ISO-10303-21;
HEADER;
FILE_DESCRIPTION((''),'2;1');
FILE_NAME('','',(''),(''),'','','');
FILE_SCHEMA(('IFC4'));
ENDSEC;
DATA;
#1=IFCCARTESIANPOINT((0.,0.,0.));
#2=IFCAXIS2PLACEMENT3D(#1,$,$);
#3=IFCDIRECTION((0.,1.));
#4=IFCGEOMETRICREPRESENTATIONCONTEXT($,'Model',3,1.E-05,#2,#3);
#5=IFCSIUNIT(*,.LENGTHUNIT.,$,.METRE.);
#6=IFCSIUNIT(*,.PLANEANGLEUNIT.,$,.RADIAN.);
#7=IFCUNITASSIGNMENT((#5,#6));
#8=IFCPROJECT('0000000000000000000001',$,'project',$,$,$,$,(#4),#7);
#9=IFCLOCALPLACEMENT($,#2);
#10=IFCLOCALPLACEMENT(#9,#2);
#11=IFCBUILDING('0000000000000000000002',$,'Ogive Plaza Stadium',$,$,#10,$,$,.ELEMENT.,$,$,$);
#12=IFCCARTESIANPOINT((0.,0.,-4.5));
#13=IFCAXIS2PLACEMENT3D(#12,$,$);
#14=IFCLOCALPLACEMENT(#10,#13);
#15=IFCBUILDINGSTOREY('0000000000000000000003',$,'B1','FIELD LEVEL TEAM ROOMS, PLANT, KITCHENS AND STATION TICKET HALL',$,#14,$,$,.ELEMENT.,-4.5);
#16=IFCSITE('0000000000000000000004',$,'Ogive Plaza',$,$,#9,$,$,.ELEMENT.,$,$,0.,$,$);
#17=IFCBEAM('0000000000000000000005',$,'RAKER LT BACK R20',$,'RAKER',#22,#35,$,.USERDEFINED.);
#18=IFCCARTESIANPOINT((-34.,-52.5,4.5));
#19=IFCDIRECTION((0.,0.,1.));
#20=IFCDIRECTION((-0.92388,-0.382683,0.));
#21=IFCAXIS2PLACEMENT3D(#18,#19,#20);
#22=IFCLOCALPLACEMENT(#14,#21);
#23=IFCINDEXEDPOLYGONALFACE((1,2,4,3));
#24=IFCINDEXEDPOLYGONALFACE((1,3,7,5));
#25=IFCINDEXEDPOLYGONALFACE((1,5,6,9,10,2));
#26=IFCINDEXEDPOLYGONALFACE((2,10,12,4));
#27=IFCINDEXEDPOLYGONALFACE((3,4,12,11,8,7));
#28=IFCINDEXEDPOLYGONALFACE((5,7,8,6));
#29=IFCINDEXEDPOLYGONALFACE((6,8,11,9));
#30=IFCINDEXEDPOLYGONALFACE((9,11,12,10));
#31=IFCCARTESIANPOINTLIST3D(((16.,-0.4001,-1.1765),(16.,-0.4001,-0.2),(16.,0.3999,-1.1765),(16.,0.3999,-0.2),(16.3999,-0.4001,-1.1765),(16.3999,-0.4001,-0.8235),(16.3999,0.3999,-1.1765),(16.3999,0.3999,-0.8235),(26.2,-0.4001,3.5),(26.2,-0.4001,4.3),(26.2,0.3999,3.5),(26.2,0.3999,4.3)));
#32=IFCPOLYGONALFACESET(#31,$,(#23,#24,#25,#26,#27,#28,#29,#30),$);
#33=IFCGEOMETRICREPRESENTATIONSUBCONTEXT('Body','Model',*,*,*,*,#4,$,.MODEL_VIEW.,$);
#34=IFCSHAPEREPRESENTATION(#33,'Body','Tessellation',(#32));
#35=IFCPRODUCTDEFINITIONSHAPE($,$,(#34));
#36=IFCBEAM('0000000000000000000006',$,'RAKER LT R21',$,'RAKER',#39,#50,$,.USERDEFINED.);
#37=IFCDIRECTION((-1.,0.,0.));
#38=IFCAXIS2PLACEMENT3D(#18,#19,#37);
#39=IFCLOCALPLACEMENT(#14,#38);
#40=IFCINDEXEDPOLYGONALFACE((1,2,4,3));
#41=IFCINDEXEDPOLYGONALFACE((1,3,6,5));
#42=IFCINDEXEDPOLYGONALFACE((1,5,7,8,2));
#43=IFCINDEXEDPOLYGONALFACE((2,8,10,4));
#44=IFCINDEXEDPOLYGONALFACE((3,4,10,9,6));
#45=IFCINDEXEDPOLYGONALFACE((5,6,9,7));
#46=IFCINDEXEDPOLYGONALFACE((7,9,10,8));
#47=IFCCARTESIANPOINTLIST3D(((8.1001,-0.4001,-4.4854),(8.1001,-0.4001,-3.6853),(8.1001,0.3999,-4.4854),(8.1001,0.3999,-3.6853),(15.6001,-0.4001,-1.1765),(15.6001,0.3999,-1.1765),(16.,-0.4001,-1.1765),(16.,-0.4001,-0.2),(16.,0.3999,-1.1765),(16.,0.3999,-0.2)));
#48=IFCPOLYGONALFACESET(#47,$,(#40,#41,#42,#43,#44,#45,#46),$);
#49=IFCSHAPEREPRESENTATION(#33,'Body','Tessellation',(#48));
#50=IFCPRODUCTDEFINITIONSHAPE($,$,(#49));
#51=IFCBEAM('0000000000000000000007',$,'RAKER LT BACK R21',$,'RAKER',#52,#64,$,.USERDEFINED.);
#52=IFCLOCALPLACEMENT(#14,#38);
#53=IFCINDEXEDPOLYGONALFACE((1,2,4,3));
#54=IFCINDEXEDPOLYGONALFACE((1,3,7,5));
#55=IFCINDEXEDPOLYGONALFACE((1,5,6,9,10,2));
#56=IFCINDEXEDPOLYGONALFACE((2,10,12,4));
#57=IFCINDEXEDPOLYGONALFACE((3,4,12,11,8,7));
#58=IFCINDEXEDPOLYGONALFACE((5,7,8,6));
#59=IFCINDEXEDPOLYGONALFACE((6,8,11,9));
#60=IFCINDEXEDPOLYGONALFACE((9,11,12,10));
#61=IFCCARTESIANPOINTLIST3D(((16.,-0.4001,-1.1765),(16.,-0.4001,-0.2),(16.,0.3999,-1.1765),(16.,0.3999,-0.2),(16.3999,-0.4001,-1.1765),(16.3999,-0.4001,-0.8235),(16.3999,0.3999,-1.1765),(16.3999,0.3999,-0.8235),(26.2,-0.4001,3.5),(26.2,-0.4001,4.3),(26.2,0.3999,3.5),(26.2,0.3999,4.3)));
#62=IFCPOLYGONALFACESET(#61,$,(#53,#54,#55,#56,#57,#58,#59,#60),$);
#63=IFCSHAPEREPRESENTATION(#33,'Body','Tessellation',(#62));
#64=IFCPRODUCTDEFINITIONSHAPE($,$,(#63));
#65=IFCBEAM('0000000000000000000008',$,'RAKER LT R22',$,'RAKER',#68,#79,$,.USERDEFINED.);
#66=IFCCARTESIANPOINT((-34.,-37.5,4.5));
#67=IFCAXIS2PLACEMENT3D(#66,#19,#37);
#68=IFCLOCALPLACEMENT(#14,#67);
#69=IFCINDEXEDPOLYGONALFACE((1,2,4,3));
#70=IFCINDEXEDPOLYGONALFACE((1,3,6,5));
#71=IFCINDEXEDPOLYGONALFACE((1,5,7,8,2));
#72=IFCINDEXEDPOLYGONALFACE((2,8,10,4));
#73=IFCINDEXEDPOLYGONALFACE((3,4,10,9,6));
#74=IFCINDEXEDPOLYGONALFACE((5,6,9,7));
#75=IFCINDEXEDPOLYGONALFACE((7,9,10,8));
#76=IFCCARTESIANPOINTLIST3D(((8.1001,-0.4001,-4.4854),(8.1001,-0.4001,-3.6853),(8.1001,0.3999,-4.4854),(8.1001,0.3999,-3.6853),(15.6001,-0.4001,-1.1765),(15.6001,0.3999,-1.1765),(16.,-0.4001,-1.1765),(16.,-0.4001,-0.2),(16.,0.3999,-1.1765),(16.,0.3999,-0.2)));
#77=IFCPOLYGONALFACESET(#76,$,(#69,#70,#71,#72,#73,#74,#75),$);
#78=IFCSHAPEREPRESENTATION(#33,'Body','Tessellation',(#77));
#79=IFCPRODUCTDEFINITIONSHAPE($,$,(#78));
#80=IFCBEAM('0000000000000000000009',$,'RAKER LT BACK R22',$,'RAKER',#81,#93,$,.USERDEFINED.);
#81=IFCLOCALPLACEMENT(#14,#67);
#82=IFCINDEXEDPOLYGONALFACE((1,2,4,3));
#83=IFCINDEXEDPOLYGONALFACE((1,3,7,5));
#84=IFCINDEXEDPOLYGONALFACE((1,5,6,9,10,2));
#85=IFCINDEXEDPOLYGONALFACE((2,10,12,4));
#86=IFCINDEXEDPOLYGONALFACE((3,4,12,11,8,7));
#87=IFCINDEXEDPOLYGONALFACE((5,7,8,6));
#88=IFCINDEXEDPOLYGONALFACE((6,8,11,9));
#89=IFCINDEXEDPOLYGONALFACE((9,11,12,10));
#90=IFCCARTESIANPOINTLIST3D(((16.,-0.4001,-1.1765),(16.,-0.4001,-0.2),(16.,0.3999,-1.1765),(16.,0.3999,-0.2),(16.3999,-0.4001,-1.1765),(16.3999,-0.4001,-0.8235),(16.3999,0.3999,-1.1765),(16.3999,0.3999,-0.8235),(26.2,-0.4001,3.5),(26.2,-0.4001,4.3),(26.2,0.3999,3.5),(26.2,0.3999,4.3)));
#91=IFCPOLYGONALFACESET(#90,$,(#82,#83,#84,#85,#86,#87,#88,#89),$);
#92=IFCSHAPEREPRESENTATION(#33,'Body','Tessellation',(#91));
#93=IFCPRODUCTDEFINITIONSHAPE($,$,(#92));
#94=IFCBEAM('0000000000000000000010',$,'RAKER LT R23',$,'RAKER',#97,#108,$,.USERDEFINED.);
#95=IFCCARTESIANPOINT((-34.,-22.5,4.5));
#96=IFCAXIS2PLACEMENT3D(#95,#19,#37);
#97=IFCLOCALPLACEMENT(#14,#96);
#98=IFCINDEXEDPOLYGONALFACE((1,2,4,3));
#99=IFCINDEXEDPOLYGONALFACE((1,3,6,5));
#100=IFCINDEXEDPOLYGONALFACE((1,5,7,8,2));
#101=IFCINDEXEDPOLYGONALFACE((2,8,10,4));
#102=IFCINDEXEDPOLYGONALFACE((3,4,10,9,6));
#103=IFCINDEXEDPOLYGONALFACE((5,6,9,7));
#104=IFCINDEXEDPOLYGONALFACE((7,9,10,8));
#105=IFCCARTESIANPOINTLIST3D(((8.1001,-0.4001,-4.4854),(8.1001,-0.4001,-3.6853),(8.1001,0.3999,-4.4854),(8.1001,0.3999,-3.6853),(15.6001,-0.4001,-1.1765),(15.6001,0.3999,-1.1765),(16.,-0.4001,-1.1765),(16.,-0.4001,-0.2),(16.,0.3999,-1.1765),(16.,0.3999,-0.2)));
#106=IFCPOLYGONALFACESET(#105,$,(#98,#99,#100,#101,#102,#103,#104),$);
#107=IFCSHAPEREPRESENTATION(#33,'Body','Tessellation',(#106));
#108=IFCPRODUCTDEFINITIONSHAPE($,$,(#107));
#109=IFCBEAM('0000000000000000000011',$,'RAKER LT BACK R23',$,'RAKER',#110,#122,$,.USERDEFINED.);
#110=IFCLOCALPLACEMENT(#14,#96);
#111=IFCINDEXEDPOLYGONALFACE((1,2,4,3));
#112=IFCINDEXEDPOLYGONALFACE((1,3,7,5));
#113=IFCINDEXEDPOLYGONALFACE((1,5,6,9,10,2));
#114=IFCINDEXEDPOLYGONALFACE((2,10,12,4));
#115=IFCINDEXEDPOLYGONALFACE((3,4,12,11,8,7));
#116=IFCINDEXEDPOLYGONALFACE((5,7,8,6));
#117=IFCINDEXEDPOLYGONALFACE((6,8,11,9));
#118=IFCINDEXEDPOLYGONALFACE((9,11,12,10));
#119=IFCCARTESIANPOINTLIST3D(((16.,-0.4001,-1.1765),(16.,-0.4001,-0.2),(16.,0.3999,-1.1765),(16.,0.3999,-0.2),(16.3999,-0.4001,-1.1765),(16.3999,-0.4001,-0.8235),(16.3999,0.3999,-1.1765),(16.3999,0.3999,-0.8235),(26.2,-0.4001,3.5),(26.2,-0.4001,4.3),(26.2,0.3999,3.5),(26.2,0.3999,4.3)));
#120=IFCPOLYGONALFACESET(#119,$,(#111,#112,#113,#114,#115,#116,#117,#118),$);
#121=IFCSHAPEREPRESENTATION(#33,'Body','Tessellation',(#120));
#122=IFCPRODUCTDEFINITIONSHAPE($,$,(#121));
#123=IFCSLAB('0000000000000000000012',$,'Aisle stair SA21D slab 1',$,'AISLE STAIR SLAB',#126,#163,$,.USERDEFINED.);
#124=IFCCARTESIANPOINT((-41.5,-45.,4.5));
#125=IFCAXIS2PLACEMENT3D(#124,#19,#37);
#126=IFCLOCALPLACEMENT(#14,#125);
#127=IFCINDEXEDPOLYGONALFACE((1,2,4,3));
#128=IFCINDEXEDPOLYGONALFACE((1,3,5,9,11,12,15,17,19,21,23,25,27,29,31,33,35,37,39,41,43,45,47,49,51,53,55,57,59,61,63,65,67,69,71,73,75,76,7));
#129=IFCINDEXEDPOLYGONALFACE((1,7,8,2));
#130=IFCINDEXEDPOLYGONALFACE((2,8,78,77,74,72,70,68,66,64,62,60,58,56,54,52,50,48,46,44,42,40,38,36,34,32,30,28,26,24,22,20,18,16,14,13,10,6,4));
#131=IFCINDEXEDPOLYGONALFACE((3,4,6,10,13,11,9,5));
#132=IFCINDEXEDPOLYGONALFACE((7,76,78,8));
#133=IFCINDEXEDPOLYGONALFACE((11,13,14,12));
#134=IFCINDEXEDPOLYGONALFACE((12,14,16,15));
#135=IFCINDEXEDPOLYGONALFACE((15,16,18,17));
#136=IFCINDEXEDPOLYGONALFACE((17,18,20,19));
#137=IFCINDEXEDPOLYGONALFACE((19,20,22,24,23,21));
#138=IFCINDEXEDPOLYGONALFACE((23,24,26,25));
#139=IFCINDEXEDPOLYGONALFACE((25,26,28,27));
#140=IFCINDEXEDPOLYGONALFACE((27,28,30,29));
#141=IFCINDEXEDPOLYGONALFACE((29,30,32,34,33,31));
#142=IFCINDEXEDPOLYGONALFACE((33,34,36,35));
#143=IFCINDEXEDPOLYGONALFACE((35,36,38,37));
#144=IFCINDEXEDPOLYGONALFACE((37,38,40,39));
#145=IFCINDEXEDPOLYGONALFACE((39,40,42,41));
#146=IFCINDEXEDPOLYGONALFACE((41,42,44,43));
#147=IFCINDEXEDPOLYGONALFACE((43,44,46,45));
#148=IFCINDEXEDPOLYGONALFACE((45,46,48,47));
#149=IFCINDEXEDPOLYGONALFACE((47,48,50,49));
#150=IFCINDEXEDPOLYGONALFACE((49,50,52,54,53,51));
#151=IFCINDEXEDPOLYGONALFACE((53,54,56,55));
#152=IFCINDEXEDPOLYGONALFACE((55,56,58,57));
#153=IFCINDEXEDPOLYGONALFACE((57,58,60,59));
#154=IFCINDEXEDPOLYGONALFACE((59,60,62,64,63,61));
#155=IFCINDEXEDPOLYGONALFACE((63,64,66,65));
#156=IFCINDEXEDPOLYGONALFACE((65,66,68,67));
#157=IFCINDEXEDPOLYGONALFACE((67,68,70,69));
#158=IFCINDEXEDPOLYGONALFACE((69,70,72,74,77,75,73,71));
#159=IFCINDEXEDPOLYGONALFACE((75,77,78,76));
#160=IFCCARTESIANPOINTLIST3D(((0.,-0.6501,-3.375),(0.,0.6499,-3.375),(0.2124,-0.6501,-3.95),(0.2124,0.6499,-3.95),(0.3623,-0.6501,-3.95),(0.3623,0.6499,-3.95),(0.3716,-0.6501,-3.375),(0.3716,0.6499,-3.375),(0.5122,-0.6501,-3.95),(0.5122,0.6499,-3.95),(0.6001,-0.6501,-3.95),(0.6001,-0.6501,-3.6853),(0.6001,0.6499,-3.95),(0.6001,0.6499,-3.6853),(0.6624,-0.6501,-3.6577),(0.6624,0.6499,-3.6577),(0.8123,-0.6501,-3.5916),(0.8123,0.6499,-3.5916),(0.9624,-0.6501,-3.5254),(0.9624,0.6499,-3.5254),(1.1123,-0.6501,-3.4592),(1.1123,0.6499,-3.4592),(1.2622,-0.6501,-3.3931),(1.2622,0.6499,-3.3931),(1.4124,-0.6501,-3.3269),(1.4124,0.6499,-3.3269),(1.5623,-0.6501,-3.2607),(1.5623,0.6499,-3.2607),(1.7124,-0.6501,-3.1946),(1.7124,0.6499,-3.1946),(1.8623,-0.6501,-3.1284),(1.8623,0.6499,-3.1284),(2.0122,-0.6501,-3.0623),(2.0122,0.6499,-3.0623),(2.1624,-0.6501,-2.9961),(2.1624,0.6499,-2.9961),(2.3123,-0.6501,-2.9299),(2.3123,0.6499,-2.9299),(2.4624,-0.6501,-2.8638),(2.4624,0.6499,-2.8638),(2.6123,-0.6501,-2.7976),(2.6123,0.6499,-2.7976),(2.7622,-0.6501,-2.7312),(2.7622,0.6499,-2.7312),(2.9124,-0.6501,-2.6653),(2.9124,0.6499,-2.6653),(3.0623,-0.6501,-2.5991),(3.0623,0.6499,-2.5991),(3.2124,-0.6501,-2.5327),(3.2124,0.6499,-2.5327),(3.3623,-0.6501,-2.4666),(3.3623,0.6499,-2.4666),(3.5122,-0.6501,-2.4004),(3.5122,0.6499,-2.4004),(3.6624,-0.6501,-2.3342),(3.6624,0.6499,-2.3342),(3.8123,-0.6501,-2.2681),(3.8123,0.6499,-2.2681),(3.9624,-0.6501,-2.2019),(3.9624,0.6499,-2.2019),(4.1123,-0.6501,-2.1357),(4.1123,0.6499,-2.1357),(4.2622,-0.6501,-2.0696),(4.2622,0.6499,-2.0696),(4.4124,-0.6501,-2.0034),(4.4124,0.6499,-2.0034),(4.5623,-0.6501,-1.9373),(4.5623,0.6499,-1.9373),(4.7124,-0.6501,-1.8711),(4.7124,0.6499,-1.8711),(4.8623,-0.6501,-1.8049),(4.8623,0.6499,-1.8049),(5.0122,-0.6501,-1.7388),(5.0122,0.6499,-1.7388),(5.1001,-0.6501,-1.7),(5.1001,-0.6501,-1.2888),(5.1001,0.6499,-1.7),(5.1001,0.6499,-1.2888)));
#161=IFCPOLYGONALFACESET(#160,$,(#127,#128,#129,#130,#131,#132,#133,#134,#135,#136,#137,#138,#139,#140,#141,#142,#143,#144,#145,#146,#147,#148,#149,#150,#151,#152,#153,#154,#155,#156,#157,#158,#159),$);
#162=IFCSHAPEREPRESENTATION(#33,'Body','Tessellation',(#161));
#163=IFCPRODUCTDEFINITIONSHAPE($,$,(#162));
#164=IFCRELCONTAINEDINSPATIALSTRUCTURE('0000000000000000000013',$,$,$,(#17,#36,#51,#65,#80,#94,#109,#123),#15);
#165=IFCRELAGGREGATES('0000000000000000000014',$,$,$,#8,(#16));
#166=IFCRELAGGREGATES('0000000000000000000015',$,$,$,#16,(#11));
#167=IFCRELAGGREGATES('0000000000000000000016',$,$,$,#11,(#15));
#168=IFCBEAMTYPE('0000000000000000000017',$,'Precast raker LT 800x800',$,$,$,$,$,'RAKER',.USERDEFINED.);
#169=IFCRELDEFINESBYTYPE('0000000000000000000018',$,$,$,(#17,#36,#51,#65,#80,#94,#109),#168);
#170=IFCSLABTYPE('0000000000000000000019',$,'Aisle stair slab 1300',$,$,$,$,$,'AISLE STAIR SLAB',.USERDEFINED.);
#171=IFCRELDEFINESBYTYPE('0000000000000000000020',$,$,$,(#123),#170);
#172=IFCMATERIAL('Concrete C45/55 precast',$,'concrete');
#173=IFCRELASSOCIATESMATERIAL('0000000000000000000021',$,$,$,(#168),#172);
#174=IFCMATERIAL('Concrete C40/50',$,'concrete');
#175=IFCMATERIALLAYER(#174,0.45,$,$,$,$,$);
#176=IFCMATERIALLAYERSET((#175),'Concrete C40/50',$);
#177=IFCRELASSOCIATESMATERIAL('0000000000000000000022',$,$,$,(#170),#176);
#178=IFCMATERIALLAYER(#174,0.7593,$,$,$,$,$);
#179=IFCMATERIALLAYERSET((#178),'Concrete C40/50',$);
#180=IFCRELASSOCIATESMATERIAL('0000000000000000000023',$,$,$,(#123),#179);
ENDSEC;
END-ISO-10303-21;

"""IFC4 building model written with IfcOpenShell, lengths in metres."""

from ifc_helpers import new_model, si_unit, direction, frame, origin, origin_2d, place, context, subcontext, project, spatial, polyline, rectangle, outline, extrude, material, layer, layer_set, material_profile, profile_set, type_object, element, save


model = new_model("IFC4")

# Units and contexts
model_context = context("Model", 3, precision=1e-05, world=origin(), true_north=direction((0.0, 1.0)))
body_context = subcontext(model_context, "Body", "Model", "MODEL_VIEW")
ifc_project = project(units=[si_unit("LENGTHUNIT", "METRE"), si_unit("PLANEANGLEUNIT", "RADIAN")], contexts=[model_context])

# Site, building, storey
site_placement = place(None, origin())
site = spatial("IfcSite", under=ifc_project, at=site_placement, Name="Ogive Plaza", CompositionType="ELEMENT", RefElevation=0.0)
building_placement = place(site_placement, origin())
building = spatial("IfcBuilding", under=site, at=building_placement, Name="Ogive Plaza Stadium", CompositionType="ELEMENT")
storey_placement = place(building_placement, frame((0.0, 0.0, -4.5)))
storey = spatial("IfcBuildingStorey", under=building, at=storey_placement, Name="B1", Description="FIELD LEVEL TEAM ROOMS, PLANT, KITCHENS AND STATION TICKET HALL", CompositionType="ELEMENT", Elevation=-4.5)

# Beams
ifc_material_1 = material(Name="Concrete C45/55 precast", Category="concrete")
ifc_material_profile_1 = material_profile(ifc_material_1, rectangle(XDim=0.8, YDim=0.8, at=origin_2d()), Name="RC 800x800")
ifc_profile_set_1 = profile_set([ifc_material_profile_1], Name="Concrete C45/55 precast")
beam_type = type_object("IfcBeamType", Name="Precast raker LT 800x800", ElementType="RAKER", PredefinedType="USERDEFINED", material=ifc_profile_set_1)
beam_1_placement = place(storey_placement, frame((-34.0, -52.5, 4.5), z_axis=(0.0, 0.0, 1.0), x_axis=(-0.92388, -0.382683, 0.0)))
element("IfcBeam", 1, at=beam_1_placement, inside=storey, type_object=beam_type, Name="RAKER LT BACK R20", ObjectType="RAKER", PredefinedType="USERDEFINED", context=body_context, shape_type="SweptSolid", body=[
    extrude(outline(polyline([(16.0, -1.1765), (16.3999, -1.1765), (16.3999, -0.8235), (26.2, 3.5), (26.2, 4.3), (16.0, -0.2), (16.0, -1.1765)])), frame((0.0, 0.3999, 0.0), z_axis=(0.0, -1.0, 0.0), x_axis=(1.0, 0.0, 0.0)), (0.0, 0.0, 1.0), 0.8),
])
beam_2_placement = place(storey_placement, frame((-34.0, -52.5, 4.5), z_axis=(0.0, 0.0, 1.0), x_axis=(-1.0, 0.0, 0.0)))
element("IfcBeam", 2, at=beam_2_placement, inside=storey, type_object=beam_type, Name="RAKER LT R21", ObjectType="RAKER", PredefinedType="USERDEFINED", context=body_context, shape_type="SweptSolid", body=[
    extrude(outline(polyline([(8.1001, -4.4854), (15.6001, -1.1765), (16.0, -1.1765), (16.0, -0.2), (8.1001, -3.6853), (8.1001, -4.4854)])), frame((0.0, 0.3999, 0.0), z_axis=(0.0, -1.0, 0.0), x_axis=(1.0, 0.0, 0.0)), (0.0, 0.0, 1.0), 0.8),
])
beam_3_placement = place(storey_placement, frame((-34.0, -52.5, 4.5), z_axis=(0.0, 0.0, 1.0), x_axis=(-1.0, 0.0, 0.0)))
element("IfcBeam", 3, at=beam_3_placement, inside=storey, type_object=beam_type, Name="RAKER LT BACK R21", ObjectType="RAKER", PredefinedType="USERDEFINED", context=body_context, shape_type="SweptSolid", body=[
    extrude(outline(polyline([(16.0, -1.1765), (16.3999, -1.1765), (16.3999, -0.8235), (26.2, 3.5), (26.2, 4.3), (16.0, -0.2), (16.0, -1.1765)])), frame((0.0, 0.3999, 0.0), z_axis=(0.0, -1.0, 0.0), x_axis=(1.0, 0.0, 0.0)), (0.0, 0.0, 1.0), 0.8),
])
beam_4_placement = place(storey_placement, frame((-34.0, -37.5, 4.5), z_axis=(0.0, 0.0, 1.0), x_axis=(-1.0, 0.0, 0.0)))
element("IfcBeam", 4, at=beam_4_placement, inside=storey, type_object=beam_type, Name="RAKER LT R22", ObjectType="RAKER", PredefinedType="USERDEFINED", context=body_context, shape_type="SweptSolid", body=[
    extrude(outline(polyline([(8.1001, -4.4854), (15.6001, -1.1765), (16.0, -1.1765), (16.0, -0.2), (8.1001, -3.6853), (8.1001, -4.4854)])), frame((0.0, 0.3999, 0.0), z_axis=(0.0, -1.0, 0.0), x_axis=(1.0, 0.0, 0.0)), (0.0, 0.0, 1.0), 0.8),
])
beam_5_placement = place(storey_placement, frame((-34.0, -37.5, 4.5), z_axis=(0.0, 0.0, 1.0), x_axis=(-1.0, 0.0, 0.0)))
element("IfcBeam", 5, at=beam_5_placement, inside=storey, type_object=beam_type, Name="RAKER LT BACK R22", ObjectType="RAKER", PredefinedType="USERDEFINED", context=body_context, shape_type="SweptSolid", body=[
    extrude(outline(polyline([(16.0, -1.1765), (16.3999, -1.1765), (16.3999, -0.8235), (26.2, 3.5), (26.2, 4.3), (16.0, -0.2), (16.0, -1.1765)])), frame((0.0, 0.3999, 0.0), z_axis=(0.0, -1.0, 0.0), x_axis=(1.0, 0.0, 0.0)), (0.0, 0.0, 1.0), 0.8),
])
beam_6_placement = place(storey_placement, frame((-34.0, -22.5, 4.5), z_axis=(0.0, 0.0, 1.0), x_axis=(-1.0, 0.0, 0.0)))
element("IfcBeam", 6, at=beam_6_placement, inside=storey, type_object=beam_type, Name="RAKER LT R23", ObjectType="RAKER", PredefinedType="USERDEFINED", context=body_context, shape_type="SweptSolid", body=[
    extrude(outline(polyline([(8.1001, -4.4854), (15.6001, -1.1765), (16.0, -1.1765), (16.0, -0.2), (8.1001, -3.6853), (8.1001, -4.4854)])), frame((0.0, 0.3999, 0.0), z_axis=(0.0, -1.0, 0.0), x_axis=(1.0, 0.0, 0.0)), (0.0, 0.0, 1.0), 0.8),
])
beam_7_placement = place(storey_placement, frame((-34.0, -22.5, 4.5), z_axis=(0.0, 0.0, 1.0), x_axis=(-1.0, 0.0, 0.0)))
element("IfcBeam", 7, at=beam_7_placement, inside=storey, type_object=beam_type, Name="RAKER LT BACK R23", ObjectType="RAKER", PredefinedType="USERDEFINED", context=body_context, shape_type="SweptSolid", body=[
    extrude(outline(polyline([(16.0, -1.1765), (16.3999, -1.1765), (16.3999, -0.8235), (26.2, 3.5), (26.2, 4.3), (16.0, -0.2), (16.0, -1.1765)])), frame((0.0, 0.3999, 0.0), z_axis=(0.0, -1.0, 0.0), x_axis=(1.0, 0.0, 0.0)), (0.0, 0.0, 1.0), 0.8),
])

# Slab
ifc_material_2 = material(Name="Concrete C40/50", Category="concrete")
ifc_layer_1 = layer(ifc_material_2, 0.7593)
ifc_layer_set_1 = layer_set([ifc_layer_1], Name="Concrete C40/50")
ifc_layer_2 = layer(ifc_material_2, 0.45)
ifc_layer_set_2 = layer_set([ifc_layer_2], Name="Concrete C40/50")
slab_type = type_object("IfcSlabType", Name="Aisle stair slab 1300", ElementType="AISLE STAIR SLAB", PredefinedType="USERDEFINED", material=ifc_layer_set_2)
slab_1_placement = place(storey_placement, frame((-41.5, -45.0, 4.5), z_axis=(0.0, 0.0, 1.0), x_axis=(-1.0, 0.0, 0.0)))
element("IfcSlab", 8, at=slab_1_placement, inside=storey, type_object=slab_type, material=ifc_layer_set_1, Name="Aisle stair SA21D slab 1", ObjectType="AISLE STAIR SLAB", PredefinedType="USERDEFINED", context=body_context, shape_type="SweptSolid", body=[
    extrude(outline(polyline([(0.0, -3.375), (0.3716, -3.375), (5.1001, -1.2888), (5.1001, -1.7), (5.0122, -1.7388), (4.8623, -1.8049), (4.7124, -1.8711), (4.5623, -1.9373), (4.4124, -2.0034), (4.2622, -2.0696), (4.1123, -2.1357), (3.9624, -2.2019), (3.8123, -2.2681), (3.6624, -2.3342), (3.5122, -2.4004), (3.3623, -2.4666), (3.2124, -2.5327), (3.0623, -2.5991), (2.9124, -2.6653), (2.7622, -2.7312), (2.6123, -2.7976), (2.4624, -2.8638), (2.3123, -2.9299), (2.1624, -2.9961), (2.0122, -3.0623), (1.8623, -3.1284), (1.7124, -3.1946), (1.5623, -3.2607), (1.4124, -3.3269), (1.2622, -3.3931), (1.1123, -3.4592), (0.9624, -3.5254), (0.8123, -3.5916), (0.6624, -3.6577), (0.6001, -3.6853), (0.6001, -3.95), (0.5122, -3.95), (0.3623, -3.95), (0.2124, -3.95), (0.0, -3.375)])), frame((0.0, 0.6499, 0.0), z_axis=(0.0, -1.0, 0.0), x_axis=(1.0, 0.0, 0.0)), (0.0, 0.0, 1.0), 1.3),
])

save(model, "model.ifc")
